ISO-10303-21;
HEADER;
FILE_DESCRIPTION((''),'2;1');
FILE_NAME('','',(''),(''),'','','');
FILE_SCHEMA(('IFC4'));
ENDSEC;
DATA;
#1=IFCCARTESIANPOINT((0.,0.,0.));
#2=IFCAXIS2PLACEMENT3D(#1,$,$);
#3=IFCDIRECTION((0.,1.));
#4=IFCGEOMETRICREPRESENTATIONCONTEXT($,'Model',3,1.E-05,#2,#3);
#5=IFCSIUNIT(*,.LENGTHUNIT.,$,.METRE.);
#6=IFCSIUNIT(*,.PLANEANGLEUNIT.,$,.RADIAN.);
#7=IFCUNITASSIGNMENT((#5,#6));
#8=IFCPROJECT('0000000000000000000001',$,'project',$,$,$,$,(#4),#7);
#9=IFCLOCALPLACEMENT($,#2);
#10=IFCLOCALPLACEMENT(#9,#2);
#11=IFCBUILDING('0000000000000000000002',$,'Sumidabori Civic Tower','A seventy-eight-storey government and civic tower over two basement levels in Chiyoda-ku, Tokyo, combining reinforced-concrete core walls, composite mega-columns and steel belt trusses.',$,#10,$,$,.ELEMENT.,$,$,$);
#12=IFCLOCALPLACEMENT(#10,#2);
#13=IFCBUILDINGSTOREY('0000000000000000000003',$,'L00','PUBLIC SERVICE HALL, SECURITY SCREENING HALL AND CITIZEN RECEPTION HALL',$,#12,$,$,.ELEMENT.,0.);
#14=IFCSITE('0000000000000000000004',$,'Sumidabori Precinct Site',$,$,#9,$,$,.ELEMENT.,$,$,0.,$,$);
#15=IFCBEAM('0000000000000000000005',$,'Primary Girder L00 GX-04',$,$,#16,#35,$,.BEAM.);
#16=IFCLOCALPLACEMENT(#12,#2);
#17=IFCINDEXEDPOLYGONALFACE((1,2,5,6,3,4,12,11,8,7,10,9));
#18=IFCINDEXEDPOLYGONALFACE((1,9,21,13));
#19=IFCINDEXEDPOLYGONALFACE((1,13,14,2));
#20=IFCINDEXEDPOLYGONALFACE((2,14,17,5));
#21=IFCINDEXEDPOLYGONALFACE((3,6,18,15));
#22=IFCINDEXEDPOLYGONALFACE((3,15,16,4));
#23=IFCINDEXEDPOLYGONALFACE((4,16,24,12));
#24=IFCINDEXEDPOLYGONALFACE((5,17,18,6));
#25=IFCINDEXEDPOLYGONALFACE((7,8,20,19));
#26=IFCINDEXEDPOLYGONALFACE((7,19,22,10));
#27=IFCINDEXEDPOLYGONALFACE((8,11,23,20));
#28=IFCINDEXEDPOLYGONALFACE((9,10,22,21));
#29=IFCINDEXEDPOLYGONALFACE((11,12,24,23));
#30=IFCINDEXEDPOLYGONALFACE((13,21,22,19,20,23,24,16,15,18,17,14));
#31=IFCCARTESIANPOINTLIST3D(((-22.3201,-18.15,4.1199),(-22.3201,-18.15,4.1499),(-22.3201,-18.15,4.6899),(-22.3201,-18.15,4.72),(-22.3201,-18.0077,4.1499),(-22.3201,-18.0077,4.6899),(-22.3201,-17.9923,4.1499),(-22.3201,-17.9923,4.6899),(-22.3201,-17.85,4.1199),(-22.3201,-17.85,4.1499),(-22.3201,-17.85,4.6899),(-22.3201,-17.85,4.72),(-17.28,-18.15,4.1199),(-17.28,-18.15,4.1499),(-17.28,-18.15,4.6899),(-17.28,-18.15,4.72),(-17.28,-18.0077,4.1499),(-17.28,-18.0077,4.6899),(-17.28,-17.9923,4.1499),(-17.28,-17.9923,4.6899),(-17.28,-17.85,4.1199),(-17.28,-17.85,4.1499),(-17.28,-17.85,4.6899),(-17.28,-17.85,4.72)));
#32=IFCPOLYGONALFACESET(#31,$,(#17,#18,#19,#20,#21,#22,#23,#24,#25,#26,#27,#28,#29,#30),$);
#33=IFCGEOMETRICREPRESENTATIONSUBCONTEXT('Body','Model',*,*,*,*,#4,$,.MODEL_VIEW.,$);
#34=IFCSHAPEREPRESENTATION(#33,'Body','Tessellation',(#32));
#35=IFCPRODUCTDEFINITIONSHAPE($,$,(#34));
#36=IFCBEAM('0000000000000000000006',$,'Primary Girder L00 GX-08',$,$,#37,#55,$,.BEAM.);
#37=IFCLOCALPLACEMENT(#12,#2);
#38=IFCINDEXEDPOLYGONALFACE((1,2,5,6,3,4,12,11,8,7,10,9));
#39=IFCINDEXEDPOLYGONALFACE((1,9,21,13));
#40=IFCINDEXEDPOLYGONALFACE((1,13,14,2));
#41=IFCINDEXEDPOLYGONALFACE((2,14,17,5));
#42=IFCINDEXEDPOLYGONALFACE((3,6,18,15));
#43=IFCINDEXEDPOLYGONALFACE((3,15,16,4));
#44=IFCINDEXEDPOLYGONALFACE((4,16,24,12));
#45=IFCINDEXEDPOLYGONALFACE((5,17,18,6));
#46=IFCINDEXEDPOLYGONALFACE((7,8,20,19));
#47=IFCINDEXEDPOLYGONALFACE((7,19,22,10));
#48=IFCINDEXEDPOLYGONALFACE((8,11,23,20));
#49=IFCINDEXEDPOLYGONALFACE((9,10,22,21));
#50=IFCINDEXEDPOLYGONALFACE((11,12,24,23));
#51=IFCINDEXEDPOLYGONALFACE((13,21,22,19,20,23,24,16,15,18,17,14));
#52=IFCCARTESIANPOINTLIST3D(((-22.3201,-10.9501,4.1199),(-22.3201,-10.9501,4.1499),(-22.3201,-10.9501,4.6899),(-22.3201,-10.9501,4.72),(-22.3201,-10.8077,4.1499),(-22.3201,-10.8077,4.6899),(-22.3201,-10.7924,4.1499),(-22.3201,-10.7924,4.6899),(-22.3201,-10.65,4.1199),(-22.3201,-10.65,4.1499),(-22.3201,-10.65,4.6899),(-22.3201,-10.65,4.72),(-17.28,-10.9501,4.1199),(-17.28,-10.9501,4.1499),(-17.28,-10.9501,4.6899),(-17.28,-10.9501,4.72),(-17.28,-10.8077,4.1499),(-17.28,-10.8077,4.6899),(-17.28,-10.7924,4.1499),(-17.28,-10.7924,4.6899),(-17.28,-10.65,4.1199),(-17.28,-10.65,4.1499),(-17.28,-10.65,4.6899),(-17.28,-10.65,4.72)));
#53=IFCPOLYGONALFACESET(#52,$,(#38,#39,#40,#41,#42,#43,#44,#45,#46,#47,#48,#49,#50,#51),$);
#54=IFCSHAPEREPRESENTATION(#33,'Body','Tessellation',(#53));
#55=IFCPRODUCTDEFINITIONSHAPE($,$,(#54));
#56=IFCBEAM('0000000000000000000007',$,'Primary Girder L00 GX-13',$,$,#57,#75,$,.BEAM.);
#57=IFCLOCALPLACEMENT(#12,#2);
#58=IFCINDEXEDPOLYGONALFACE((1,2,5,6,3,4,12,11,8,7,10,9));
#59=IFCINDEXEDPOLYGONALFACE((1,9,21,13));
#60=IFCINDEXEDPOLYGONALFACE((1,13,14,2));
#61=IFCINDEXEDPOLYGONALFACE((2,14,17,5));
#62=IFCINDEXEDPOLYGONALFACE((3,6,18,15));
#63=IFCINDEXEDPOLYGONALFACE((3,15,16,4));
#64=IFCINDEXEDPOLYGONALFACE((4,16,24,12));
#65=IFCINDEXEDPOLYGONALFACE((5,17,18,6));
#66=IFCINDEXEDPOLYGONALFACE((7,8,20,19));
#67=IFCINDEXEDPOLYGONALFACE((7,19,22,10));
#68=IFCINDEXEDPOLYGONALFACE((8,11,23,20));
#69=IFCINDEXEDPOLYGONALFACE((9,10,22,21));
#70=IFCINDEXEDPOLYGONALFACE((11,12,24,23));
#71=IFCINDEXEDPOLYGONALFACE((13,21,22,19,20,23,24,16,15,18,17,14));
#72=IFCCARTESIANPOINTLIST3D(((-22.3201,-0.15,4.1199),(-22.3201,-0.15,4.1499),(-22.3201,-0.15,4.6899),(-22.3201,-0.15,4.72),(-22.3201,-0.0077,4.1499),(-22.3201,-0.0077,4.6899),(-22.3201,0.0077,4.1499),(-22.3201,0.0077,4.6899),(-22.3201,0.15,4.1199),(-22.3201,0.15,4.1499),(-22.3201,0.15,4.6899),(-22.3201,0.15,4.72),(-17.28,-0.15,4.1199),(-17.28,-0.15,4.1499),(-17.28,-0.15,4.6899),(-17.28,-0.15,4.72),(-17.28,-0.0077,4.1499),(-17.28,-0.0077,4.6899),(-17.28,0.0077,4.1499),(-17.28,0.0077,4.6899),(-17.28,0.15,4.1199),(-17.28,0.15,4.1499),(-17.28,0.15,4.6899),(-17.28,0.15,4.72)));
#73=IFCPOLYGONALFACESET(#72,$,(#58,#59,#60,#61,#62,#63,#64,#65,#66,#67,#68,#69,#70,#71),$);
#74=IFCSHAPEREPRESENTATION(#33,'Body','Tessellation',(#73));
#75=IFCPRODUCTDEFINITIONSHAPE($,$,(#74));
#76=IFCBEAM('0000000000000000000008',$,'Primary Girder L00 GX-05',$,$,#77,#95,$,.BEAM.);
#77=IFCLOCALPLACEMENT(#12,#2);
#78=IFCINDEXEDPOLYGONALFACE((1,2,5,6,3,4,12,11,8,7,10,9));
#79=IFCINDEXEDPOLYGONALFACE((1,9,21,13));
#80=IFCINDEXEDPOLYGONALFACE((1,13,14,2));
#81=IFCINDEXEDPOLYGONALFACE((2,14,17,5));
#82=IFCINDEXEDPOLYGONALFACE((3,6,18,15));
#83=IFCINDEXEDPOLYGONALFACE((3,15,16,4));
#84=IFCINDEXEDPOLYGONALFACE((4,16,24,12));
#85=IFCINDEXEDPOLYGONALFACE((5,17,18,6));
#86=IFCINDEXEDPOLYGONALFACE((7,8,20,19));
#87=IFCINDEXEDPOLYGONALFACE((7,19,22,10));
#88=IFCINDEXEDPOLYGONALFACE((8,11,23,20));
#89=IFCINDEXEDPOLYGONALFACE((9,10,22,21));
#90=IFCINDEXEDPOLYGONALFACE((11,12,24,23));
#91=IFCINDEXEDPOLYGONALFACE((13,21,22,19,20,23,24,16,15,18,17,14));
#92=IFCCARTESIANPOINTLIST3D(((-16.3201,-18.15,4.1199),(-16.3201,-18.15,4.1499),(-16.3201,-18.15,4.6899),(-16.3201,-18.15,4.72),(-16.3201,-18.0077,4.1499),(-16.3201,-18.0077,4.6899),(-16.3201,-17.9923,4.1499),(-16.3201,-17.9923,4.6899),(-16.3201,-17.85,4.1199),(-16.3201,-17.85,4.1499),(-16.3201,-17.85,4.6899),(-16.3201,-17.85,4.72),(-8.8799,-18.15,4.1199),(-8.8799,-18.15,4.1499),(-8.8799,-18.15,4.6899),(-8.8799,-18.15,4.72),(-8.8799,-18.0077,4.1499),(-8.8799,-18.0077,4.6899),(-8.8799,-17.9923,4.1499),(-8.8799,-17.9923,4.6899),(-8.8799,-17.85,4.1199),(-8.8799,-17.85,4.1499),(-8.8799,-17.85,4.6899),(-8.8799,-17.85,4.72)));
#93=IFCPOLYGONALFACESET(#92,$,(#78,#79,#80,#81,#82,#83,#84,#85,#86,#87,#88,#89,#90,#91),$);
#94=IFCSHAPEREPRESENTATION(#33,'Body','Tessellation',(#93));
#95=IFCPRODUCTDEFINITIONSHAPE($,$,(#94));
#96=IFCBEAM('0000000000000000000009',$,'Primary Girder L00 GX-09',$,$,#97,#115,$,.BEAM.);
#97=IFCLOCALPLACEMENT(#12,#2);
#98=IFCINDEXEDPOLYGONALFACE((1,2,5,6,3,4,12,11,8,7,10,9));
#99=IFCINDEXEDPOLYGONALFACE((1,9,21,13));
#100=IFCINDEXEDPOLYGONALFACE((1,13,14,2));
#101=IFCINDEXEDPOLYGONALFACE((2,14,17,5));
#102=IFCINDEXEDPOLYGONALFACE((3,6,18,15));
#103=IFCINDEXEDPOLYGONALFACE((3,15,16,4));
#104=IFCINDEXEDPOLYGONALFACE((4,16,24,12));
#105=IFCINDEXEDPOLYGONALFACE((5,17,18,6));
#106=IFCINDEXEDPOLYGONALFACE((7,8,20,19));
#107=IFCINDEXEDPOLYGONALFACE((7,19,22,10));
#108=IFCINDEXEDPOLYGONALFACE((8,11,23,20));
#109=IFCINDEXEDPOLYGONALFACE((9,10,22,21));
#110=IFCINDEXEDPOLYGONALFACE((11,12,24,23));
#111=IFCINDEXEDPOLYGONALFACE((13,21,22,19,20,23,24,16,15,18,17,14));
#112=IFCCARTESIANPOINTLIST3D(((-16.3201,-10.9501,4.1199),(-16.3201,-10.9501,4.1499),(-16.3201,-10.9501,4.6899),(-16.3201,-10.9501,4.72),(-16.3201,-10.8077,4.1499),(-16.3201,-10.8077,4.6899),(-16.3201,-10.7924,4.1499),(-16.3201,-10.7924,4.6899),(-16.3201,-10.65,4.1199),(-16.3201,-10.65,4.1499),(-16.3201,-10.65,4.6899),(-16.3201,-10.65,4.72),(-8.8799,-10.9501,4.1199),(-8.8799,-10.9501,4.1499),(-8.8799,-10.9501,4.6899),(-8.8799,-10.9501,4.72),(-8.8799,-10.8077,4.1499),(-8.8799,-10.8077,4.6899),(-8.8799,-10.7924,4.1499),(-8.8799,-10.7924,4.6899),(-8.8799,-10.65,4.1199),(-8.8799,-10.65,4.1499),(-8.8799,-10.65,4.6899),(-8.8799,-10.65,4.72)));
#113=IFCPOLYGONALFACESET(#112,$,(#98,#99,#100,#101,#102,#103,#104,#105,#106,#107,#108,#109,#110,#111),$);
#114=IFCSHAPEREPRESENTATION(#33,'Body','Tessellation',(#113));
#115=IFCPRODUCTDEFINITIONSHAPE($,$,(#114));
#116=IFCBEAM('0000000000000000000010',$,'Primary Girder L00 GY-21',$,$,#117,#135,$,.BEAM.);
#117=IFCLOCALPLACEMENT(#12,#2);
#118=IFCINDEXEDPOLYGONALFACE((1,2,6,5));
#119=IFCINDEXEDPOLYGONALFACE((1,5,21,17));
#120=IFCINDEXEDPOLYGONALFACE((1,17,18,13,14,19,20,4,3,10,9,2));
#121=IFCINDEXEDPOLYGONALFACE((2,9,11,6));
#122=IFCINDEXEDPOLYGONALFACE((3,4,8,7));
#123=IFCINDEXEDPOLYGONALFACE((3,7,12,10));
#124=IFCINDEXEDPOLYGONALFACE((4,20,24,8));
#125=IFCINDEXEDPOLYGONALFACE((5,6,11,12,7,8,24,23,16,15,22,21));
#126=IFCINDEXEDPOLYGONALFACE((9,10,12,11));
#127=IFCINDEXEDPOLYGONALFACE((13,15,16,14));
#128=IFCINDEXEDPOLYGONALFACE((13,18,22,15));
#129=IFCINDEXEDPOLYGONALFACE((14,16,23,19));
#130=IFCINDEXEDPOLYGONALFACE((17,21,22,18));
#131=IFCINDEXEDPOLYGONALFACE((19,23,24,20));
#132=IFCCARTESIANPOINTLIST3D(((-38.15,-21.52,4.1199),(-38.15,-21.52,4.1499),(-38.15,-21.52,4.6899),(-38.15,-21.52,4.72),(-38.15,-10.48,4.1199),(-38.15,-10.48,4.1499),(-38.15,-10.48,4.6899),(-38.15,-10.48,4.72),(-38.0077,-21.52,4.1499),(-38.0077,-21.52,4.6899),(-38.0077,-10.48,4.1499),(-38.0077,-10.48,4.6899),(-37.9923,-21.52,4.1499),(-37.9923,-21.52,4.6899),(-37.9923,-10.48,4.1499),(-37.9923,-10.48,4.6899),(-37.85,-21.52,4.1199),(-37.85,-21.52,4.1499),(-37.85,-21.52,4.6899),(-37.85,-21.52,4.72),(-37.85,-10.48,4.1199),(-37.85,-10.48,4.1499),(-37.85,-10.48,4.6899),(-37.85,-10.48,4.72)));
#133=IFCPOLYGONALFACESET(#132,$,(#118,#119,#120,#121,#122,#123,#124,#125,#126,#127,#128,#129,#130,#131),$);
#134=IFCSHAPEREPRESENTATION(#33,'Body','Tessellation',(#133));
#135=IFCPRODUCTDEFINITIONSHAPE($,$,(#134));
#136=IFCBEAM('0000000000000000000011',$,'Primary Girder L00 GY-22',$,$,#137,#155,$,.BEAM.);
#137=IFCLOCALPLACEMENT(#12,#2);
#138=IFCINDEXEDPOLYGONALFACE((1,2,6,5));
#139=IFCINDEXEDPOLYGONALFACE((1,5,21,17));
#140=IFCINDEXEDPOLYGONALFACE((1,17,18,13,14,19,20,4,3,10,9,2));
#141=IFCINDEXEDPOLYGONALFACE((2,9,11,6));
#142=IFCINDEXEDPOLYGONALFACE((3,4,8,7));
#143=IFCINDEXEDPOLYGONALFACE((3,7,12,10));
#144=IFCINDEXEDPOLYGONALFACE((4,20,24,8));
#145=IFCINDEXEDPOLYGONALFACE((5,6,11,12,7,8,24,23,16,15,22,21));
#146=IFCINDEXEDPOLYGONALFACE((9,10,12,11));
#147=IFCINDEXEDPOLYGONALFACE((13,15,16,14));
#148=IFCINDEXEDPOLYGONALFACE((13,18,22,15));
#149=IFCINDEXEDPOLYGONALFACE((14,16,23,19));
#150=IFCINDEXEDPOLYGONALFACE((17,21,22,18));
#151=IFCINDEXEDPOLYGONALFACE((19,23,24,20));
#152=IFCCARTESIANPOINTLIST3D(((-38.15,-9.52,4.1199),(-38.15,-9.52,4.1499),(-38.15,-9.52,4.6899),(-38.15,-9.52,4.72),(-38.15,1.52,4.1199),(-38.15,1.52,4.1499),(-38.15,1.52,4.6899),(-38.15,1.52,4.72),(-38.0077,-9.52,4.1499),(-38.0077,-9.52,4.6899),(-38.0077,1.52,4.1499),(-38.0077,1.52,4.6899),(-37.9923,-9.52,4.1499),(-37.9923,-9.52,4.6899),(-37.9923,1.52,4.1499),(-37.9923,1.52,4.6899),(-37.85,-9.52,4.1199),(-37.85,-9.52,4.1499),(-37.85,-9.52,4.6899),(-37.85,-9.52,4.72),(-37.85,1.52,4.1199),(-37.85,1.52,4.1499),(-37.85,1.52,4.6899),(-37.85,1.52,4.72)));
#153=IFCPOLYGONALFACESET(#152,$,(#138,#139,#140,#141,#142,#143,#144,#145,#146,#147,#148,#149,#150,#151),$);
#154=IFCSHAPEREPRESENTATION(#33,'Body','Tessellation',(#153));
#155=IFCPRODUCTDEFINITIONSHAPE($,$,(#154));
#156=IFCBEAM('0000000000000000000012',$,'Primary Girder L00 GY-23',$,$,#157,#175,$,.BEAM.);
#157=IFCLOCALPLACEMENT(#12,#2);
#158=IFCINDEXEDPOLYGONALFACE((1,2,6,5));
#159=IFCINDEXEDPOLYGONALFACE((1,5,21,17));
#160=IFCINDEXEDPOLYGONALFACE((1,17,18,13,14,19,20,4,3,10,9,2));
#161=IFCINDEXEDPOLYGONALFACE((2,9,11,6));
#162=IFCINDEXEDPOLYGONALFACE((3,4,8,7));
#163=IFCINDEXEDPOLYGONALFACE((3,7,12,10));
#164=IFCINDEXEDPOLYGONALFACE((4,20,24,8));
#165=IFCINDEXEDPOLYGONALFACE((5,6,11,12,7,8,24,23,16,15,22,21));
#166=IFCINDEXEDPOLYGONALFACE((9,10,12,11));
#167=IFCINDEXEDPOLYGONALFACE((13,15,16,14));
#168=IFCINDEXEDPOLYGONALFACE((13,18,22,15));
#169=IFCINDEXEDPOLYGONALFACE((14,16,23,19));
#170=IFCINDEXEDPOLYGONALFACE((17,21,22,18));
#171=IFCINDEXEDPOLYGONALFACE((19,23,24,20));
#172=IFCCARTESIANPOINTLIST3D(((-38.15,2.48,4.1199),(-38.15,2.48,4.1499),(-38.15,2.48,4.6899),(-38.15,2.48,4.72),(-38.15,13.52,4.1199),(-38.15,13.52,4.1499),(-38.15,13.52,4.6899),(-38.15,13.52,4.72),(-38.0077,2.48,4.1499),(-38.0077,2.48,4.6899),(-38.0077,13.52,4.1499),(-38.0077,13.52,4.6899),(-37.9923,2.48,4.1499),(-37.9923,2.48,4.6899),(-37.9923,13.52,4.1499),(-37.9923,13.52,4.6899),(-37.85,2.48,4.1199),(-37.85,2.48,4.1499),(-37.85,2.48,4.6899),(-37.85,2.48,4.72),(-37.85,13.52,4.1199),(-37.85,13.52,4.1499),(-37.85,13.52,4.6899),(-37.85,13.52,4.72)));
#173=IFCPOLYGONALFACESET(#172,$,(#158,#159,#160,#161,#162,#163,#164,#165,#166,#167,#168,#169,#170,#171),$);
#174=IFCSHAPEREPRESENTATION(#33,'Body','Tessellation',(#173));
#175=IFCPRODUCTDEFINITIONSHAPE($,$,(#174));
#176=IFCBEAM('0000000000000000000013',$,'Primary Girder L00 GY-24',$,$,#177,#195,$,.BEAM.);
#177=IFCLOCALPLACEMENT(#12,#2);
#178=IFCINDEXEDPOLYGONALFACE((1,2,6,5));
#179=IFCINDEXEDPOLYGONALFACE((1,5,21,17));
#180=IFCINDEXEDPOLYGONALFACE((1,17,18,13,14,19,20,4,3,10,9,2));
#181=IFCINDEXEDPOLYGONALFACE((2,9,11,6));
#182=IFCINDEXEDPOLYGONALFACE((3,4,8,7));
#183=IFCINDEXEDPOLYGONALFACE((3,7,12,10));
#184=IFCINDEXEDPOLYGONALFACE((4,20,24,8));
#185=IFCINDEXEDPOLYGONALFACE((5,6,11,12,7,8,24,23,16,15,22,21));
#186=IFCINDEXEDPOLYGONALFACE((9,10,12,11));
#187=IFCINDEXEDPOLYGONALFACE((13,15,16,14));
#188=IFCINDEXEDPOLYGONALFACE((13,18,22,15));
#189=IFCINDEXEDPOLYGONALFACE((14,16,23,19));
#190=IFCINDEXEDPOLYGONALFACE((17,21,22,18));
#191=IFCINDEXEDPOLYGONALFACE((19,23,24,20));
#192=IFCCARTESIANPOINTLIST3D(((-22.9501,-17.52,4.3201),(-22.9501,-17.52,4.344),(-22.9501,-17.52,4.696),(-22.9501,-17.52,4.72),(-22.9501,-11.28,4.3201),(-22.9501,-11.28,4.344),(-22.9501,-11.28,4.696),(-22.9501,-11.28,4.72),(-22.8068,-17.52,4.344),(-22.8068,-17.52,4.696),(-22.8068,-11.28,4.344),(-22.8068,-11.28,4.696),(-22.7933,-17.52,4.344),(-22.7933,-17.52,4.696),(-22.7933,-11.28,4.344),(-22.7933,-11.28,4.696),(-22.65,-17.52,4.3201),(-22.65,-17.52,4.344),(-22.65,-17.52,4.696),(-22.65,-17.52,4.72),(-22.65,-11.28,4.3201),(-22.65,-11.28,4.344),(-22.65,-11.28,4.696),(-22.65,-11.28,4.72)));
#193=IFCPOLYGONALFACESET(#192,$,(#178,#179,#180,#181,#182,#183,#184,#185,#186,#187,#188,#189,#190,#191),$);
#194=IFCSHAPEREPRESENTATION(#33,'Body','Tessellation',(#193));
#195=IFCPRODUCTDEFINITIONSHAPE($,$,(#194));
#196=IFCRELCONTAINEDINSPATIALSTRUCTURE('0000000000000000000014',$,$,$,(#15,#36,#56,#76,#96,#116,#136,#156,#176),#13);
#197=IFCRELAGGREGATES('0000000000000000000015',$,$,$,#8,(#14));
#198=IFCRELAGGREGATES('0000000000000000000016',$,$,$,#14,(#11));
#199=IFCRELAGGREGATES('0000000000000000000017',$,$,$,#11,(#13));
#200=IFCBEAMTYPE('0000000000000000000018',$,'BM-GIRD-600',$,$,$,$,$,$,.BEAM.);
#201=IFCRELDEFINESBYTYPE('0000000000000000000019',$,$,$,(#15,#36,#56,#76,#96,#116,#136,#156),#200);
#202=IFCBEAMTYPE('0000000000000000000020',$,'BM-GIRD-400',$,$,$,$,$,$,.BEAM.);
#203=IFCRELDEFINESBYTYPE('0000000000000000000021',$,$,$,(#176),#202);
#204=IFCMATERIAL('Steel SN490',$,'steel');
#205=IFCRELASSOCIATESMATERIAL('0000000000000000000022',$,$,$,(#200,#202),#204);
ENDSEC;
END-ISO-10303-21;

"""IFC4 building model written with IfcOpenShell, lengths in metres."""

from ifc_helpers import new_model, si_unit, direction, frame, origin, origin_2d, place, context, subcontext, project, spatial, i_section, extrude, source, transform, mapped, material, material_profile, profile_set, type_object, element, save


model = new_model("IFC4")

# Units and contexts
model_context = context("Model", 3, precision=1e-05, world=origin(), true_north=direction((0.0, 1.0)))
body_context = subcontext(model_context, "Body", "Model", "MODEL_VIEW")
ifc_project = project(units=[si_unit("LENGTHUNIT", "METRE"), si_unit("PLANEANGLEUNIT", "RADIAN")], contexts=[model_context])

# Site, building, storey
site_placement = place(None, origin())
site = spatial("IfcSite", under=ifc_project, at=site_placement, Name="Sumidabori Precinct Site", CompositionType="ELEMENT", RefElevation=0.0)
building_placement = place(site_placement, origin())
building = spatial("IfcBuilding", under=site, at=building_placement, Name="Sumidabori Civic Tower", Description="A seventy-eight-storey government and civic tower over two basement levels in Chiyoda-ku, Tokyo, combining reinforced-concrete core walls, composite mega-columns and steel belt trusses.", CompositionType="ELEMENT")
storey_placement = place(building_placement, origin())
storey = spatial("IfcBuildingStorey", under=building, at=storey_placement, Name="L00", Description="PUBLIC SERVICE HALL, SECURITY SCREENING HALL AND CITIZEN RECEPTION HALL", CompositionType="ELEMENT", Elevation=0.0)

# Beams
ifc_material_1 = material(Name="Steel SN490", Category="steel")
ifc_material_profile_1 = material_profile(ifc_material_1, i_section(OverallWidth=0.3, OverallDepth=0.6001, WebThickness=0.0154, FlangeThickness=0.03, at=origin_2d()), Name="HE 600 B")
ifc_profile_set_1 = profile_set([ifc_material_profile_1], Name="Steel SN490")
beam_type_1 = type_object("IfcBeamType", Name="BM-GIRD-600", PredefinedType="BEAM", material=ifc_profile_set_1)
shared_shape_1 = source(origin(), body_context, "Body", "SweptSolid", [
    extrude(i_section(OverallWidth=0.3, OverallDepth=0.6001, WebThickness=0.0154, FlangeThickness=0.03, at=origin_2d()), origin(), (0.0, 0.0, 1.0), 5.04),
])
for number, where, z_axis, x_axis, name in (
    (1, (-22.3201, -18.0, 4.4199), (1.0, 0.0, 0.0), (0.0, 1.0, 0.0), "Primary Girder L00 GX-04"),
    (2, (-22.3201, -10.8, 4.4199), (1.0, 0.0, 0.0), (0.0, 1.0, 0.0), "Primary Girder L00 GX-08"),
    (3, (-22.3201, 0.0, 4.4199), (1.0, 0.0, 0.0), (0.0, 1.0, 0.0), "Primary Girder L00 GX-13"),
):
    element("IfcBeam", number, at=place(storey_placement, frame(where, z_axis=z_axis, x_axis=x_axis)), inside=storey, type_object=beam_type_1, Name=name, PredefinedType="BEAM", context=body_context, shape_type="MappedRepresentation", body=[
        mapped(shared_shape_1, transform((0.0, 0.0, 0.0), x_axis=(1.0, 0.0, 0.0), y_axis=(0.0, 1.0, 0.0), z_axis=(0.0, 0.0, 1.0), scale=1.0)),
    ])
shared_shape_2 = source(origin(), body_context, "Body", "SweptSolid", [
    extrude(i_section(OverallWidth=0.3, OverallDepth=0.6001, WebThickness=0.0154, FlangeThickness=0.03, at=origin_2d()), origin(), (0.0, 0.0, 1.0), 7.4402),
])
for number, where, z_axis, x_axis, name in (
    (4, (-16.3201, -18.0, 4.4199), (1.0, 0.0, 0.0), (0.0, 1.0, 0.0), "Primary Girder L00 GX-05"),
    (5, (-16.3201, -10.8, 4.4199), (1.0, 0.0, 0.0), (0.0, 1.0, 0.0), "Primary Girder L00 GX-09"),
):
    element("IfcBeam", number, at=place(storey_placement, frame(where, z_axis=z_axis, x_axis=x_axis)), inside=storey, type_object=beam_type_1, Name=name, PredefinedType="BEAM", context=body_context, shape_type="MappedRepresentation", body=[
        mapped(shared_shape_2, transform((0.0, 0.0, 0.0), x_axis=(1.0, 0.0, 0.0), y_axis=(0.0, 1.0, 0.0), z_axis=(0.0, 0.0, 1.0), scale=1.0)),
    ])
shared_shape_3 = source(origin(), body_context, "Body", "SweptSolid", [
    extrude(i_section(OverallWidth=0.3, OverallDepth=0.6001, WebThickness=0.0154, FlangeThickness=0.03, at=origin_2d()), origin(), (0.0, 0.0, 1.0), 11.04),
])
for number, where, z_axis, x_axis, name in (
    (6, (-38.0, -21.52, 4.4199), (0.0, 1.0, 0.0), (-1.0, 0.0, 0.0), "Primary Girder L00 GY-21"),
    (7, (-38.0, -9.52, 4.4199), (0.0, 1.0, 0.0), (-1.0, 0.0, 0.0), "Primary Girder L00 GY-22"),
    (8, (-38.0, 2.48, 4.4199), (0.0, 1.0, 0.0), (-1.0, 0.0, 0.0), "Primary Girder L00 GY-23"),
):
    element("IfcBeam", number, at=place(storey_placement, frame(where, z_axis=z_axis, x_axis=x_axis)), inside=storey, type_object=beam_type_1, Name=name, PredefinedType="BEAM", context=body_context, shape_type="MappedRepresentation", body=[
        mapped(shared_shape_3, transform((0.0, 0.0, 0.0), x_axis=(1.0, 0.0, 0.0), y_axis=(0.0, 1.0, 0.0), z_axis=(0.0, 0.0, 1.0), scale=1.0)),
    ])
ifc_material_profile_2 = material_profile(ifc_material_1, i_section(OverallWidth=0.3, OverallDepth=0.3999, WebThickness=0.0134, FlangeThickness=0.0239, at=origin_2d()), Name="HE 400 B")
ifc_profile_set_2 = profile_set([ifc_material_profile_2], Name="Steel SN490")
beam_type_2 = type_object("IfcBeamType", Name="BM-GIRD-400", PredefinedType="BEAM", material=ifc_profile_set_2)
shared_shape_4 = source(origin(), body_context, "Body", "SweptSolid", [
    extrude(i_section(OverallWidth=0.3, OverallDepth=0.3999, WebThickness=0.0134, FlangeThickness=0.0239, at=origin_2d()), origin(), (0.0, 0.0, 1.0), 6.24),
])
for number, where, z_axis, x_axis, name in (
    (9, (-22.8, -17.52, 4.52), (0.0, 1.0, 0.0), (-1.0, 0.0, 0.0), "Primary Girder L00 GY-24"),
):
    element("IfcBeam", number, at=place(storey_placement, frame(where, z_axis=z_axis, x_axis=x_axis)), inside=storey, type_object=beam_type_2, Name=name, PredefinedType="BEAM", context=body_context, shape_type="MappedRepresentation", body=[
        mapped(shared_shape_4, transform((0.0, 0.0, 0.0), x_axis=(1.0, 0.0, 0.0), y_axis=(0.0, 1.0, 0.0), z_axis=(0.0, 0.0, 1.0), scale=1.0)),
    ])

save(model, "model.ifc")
